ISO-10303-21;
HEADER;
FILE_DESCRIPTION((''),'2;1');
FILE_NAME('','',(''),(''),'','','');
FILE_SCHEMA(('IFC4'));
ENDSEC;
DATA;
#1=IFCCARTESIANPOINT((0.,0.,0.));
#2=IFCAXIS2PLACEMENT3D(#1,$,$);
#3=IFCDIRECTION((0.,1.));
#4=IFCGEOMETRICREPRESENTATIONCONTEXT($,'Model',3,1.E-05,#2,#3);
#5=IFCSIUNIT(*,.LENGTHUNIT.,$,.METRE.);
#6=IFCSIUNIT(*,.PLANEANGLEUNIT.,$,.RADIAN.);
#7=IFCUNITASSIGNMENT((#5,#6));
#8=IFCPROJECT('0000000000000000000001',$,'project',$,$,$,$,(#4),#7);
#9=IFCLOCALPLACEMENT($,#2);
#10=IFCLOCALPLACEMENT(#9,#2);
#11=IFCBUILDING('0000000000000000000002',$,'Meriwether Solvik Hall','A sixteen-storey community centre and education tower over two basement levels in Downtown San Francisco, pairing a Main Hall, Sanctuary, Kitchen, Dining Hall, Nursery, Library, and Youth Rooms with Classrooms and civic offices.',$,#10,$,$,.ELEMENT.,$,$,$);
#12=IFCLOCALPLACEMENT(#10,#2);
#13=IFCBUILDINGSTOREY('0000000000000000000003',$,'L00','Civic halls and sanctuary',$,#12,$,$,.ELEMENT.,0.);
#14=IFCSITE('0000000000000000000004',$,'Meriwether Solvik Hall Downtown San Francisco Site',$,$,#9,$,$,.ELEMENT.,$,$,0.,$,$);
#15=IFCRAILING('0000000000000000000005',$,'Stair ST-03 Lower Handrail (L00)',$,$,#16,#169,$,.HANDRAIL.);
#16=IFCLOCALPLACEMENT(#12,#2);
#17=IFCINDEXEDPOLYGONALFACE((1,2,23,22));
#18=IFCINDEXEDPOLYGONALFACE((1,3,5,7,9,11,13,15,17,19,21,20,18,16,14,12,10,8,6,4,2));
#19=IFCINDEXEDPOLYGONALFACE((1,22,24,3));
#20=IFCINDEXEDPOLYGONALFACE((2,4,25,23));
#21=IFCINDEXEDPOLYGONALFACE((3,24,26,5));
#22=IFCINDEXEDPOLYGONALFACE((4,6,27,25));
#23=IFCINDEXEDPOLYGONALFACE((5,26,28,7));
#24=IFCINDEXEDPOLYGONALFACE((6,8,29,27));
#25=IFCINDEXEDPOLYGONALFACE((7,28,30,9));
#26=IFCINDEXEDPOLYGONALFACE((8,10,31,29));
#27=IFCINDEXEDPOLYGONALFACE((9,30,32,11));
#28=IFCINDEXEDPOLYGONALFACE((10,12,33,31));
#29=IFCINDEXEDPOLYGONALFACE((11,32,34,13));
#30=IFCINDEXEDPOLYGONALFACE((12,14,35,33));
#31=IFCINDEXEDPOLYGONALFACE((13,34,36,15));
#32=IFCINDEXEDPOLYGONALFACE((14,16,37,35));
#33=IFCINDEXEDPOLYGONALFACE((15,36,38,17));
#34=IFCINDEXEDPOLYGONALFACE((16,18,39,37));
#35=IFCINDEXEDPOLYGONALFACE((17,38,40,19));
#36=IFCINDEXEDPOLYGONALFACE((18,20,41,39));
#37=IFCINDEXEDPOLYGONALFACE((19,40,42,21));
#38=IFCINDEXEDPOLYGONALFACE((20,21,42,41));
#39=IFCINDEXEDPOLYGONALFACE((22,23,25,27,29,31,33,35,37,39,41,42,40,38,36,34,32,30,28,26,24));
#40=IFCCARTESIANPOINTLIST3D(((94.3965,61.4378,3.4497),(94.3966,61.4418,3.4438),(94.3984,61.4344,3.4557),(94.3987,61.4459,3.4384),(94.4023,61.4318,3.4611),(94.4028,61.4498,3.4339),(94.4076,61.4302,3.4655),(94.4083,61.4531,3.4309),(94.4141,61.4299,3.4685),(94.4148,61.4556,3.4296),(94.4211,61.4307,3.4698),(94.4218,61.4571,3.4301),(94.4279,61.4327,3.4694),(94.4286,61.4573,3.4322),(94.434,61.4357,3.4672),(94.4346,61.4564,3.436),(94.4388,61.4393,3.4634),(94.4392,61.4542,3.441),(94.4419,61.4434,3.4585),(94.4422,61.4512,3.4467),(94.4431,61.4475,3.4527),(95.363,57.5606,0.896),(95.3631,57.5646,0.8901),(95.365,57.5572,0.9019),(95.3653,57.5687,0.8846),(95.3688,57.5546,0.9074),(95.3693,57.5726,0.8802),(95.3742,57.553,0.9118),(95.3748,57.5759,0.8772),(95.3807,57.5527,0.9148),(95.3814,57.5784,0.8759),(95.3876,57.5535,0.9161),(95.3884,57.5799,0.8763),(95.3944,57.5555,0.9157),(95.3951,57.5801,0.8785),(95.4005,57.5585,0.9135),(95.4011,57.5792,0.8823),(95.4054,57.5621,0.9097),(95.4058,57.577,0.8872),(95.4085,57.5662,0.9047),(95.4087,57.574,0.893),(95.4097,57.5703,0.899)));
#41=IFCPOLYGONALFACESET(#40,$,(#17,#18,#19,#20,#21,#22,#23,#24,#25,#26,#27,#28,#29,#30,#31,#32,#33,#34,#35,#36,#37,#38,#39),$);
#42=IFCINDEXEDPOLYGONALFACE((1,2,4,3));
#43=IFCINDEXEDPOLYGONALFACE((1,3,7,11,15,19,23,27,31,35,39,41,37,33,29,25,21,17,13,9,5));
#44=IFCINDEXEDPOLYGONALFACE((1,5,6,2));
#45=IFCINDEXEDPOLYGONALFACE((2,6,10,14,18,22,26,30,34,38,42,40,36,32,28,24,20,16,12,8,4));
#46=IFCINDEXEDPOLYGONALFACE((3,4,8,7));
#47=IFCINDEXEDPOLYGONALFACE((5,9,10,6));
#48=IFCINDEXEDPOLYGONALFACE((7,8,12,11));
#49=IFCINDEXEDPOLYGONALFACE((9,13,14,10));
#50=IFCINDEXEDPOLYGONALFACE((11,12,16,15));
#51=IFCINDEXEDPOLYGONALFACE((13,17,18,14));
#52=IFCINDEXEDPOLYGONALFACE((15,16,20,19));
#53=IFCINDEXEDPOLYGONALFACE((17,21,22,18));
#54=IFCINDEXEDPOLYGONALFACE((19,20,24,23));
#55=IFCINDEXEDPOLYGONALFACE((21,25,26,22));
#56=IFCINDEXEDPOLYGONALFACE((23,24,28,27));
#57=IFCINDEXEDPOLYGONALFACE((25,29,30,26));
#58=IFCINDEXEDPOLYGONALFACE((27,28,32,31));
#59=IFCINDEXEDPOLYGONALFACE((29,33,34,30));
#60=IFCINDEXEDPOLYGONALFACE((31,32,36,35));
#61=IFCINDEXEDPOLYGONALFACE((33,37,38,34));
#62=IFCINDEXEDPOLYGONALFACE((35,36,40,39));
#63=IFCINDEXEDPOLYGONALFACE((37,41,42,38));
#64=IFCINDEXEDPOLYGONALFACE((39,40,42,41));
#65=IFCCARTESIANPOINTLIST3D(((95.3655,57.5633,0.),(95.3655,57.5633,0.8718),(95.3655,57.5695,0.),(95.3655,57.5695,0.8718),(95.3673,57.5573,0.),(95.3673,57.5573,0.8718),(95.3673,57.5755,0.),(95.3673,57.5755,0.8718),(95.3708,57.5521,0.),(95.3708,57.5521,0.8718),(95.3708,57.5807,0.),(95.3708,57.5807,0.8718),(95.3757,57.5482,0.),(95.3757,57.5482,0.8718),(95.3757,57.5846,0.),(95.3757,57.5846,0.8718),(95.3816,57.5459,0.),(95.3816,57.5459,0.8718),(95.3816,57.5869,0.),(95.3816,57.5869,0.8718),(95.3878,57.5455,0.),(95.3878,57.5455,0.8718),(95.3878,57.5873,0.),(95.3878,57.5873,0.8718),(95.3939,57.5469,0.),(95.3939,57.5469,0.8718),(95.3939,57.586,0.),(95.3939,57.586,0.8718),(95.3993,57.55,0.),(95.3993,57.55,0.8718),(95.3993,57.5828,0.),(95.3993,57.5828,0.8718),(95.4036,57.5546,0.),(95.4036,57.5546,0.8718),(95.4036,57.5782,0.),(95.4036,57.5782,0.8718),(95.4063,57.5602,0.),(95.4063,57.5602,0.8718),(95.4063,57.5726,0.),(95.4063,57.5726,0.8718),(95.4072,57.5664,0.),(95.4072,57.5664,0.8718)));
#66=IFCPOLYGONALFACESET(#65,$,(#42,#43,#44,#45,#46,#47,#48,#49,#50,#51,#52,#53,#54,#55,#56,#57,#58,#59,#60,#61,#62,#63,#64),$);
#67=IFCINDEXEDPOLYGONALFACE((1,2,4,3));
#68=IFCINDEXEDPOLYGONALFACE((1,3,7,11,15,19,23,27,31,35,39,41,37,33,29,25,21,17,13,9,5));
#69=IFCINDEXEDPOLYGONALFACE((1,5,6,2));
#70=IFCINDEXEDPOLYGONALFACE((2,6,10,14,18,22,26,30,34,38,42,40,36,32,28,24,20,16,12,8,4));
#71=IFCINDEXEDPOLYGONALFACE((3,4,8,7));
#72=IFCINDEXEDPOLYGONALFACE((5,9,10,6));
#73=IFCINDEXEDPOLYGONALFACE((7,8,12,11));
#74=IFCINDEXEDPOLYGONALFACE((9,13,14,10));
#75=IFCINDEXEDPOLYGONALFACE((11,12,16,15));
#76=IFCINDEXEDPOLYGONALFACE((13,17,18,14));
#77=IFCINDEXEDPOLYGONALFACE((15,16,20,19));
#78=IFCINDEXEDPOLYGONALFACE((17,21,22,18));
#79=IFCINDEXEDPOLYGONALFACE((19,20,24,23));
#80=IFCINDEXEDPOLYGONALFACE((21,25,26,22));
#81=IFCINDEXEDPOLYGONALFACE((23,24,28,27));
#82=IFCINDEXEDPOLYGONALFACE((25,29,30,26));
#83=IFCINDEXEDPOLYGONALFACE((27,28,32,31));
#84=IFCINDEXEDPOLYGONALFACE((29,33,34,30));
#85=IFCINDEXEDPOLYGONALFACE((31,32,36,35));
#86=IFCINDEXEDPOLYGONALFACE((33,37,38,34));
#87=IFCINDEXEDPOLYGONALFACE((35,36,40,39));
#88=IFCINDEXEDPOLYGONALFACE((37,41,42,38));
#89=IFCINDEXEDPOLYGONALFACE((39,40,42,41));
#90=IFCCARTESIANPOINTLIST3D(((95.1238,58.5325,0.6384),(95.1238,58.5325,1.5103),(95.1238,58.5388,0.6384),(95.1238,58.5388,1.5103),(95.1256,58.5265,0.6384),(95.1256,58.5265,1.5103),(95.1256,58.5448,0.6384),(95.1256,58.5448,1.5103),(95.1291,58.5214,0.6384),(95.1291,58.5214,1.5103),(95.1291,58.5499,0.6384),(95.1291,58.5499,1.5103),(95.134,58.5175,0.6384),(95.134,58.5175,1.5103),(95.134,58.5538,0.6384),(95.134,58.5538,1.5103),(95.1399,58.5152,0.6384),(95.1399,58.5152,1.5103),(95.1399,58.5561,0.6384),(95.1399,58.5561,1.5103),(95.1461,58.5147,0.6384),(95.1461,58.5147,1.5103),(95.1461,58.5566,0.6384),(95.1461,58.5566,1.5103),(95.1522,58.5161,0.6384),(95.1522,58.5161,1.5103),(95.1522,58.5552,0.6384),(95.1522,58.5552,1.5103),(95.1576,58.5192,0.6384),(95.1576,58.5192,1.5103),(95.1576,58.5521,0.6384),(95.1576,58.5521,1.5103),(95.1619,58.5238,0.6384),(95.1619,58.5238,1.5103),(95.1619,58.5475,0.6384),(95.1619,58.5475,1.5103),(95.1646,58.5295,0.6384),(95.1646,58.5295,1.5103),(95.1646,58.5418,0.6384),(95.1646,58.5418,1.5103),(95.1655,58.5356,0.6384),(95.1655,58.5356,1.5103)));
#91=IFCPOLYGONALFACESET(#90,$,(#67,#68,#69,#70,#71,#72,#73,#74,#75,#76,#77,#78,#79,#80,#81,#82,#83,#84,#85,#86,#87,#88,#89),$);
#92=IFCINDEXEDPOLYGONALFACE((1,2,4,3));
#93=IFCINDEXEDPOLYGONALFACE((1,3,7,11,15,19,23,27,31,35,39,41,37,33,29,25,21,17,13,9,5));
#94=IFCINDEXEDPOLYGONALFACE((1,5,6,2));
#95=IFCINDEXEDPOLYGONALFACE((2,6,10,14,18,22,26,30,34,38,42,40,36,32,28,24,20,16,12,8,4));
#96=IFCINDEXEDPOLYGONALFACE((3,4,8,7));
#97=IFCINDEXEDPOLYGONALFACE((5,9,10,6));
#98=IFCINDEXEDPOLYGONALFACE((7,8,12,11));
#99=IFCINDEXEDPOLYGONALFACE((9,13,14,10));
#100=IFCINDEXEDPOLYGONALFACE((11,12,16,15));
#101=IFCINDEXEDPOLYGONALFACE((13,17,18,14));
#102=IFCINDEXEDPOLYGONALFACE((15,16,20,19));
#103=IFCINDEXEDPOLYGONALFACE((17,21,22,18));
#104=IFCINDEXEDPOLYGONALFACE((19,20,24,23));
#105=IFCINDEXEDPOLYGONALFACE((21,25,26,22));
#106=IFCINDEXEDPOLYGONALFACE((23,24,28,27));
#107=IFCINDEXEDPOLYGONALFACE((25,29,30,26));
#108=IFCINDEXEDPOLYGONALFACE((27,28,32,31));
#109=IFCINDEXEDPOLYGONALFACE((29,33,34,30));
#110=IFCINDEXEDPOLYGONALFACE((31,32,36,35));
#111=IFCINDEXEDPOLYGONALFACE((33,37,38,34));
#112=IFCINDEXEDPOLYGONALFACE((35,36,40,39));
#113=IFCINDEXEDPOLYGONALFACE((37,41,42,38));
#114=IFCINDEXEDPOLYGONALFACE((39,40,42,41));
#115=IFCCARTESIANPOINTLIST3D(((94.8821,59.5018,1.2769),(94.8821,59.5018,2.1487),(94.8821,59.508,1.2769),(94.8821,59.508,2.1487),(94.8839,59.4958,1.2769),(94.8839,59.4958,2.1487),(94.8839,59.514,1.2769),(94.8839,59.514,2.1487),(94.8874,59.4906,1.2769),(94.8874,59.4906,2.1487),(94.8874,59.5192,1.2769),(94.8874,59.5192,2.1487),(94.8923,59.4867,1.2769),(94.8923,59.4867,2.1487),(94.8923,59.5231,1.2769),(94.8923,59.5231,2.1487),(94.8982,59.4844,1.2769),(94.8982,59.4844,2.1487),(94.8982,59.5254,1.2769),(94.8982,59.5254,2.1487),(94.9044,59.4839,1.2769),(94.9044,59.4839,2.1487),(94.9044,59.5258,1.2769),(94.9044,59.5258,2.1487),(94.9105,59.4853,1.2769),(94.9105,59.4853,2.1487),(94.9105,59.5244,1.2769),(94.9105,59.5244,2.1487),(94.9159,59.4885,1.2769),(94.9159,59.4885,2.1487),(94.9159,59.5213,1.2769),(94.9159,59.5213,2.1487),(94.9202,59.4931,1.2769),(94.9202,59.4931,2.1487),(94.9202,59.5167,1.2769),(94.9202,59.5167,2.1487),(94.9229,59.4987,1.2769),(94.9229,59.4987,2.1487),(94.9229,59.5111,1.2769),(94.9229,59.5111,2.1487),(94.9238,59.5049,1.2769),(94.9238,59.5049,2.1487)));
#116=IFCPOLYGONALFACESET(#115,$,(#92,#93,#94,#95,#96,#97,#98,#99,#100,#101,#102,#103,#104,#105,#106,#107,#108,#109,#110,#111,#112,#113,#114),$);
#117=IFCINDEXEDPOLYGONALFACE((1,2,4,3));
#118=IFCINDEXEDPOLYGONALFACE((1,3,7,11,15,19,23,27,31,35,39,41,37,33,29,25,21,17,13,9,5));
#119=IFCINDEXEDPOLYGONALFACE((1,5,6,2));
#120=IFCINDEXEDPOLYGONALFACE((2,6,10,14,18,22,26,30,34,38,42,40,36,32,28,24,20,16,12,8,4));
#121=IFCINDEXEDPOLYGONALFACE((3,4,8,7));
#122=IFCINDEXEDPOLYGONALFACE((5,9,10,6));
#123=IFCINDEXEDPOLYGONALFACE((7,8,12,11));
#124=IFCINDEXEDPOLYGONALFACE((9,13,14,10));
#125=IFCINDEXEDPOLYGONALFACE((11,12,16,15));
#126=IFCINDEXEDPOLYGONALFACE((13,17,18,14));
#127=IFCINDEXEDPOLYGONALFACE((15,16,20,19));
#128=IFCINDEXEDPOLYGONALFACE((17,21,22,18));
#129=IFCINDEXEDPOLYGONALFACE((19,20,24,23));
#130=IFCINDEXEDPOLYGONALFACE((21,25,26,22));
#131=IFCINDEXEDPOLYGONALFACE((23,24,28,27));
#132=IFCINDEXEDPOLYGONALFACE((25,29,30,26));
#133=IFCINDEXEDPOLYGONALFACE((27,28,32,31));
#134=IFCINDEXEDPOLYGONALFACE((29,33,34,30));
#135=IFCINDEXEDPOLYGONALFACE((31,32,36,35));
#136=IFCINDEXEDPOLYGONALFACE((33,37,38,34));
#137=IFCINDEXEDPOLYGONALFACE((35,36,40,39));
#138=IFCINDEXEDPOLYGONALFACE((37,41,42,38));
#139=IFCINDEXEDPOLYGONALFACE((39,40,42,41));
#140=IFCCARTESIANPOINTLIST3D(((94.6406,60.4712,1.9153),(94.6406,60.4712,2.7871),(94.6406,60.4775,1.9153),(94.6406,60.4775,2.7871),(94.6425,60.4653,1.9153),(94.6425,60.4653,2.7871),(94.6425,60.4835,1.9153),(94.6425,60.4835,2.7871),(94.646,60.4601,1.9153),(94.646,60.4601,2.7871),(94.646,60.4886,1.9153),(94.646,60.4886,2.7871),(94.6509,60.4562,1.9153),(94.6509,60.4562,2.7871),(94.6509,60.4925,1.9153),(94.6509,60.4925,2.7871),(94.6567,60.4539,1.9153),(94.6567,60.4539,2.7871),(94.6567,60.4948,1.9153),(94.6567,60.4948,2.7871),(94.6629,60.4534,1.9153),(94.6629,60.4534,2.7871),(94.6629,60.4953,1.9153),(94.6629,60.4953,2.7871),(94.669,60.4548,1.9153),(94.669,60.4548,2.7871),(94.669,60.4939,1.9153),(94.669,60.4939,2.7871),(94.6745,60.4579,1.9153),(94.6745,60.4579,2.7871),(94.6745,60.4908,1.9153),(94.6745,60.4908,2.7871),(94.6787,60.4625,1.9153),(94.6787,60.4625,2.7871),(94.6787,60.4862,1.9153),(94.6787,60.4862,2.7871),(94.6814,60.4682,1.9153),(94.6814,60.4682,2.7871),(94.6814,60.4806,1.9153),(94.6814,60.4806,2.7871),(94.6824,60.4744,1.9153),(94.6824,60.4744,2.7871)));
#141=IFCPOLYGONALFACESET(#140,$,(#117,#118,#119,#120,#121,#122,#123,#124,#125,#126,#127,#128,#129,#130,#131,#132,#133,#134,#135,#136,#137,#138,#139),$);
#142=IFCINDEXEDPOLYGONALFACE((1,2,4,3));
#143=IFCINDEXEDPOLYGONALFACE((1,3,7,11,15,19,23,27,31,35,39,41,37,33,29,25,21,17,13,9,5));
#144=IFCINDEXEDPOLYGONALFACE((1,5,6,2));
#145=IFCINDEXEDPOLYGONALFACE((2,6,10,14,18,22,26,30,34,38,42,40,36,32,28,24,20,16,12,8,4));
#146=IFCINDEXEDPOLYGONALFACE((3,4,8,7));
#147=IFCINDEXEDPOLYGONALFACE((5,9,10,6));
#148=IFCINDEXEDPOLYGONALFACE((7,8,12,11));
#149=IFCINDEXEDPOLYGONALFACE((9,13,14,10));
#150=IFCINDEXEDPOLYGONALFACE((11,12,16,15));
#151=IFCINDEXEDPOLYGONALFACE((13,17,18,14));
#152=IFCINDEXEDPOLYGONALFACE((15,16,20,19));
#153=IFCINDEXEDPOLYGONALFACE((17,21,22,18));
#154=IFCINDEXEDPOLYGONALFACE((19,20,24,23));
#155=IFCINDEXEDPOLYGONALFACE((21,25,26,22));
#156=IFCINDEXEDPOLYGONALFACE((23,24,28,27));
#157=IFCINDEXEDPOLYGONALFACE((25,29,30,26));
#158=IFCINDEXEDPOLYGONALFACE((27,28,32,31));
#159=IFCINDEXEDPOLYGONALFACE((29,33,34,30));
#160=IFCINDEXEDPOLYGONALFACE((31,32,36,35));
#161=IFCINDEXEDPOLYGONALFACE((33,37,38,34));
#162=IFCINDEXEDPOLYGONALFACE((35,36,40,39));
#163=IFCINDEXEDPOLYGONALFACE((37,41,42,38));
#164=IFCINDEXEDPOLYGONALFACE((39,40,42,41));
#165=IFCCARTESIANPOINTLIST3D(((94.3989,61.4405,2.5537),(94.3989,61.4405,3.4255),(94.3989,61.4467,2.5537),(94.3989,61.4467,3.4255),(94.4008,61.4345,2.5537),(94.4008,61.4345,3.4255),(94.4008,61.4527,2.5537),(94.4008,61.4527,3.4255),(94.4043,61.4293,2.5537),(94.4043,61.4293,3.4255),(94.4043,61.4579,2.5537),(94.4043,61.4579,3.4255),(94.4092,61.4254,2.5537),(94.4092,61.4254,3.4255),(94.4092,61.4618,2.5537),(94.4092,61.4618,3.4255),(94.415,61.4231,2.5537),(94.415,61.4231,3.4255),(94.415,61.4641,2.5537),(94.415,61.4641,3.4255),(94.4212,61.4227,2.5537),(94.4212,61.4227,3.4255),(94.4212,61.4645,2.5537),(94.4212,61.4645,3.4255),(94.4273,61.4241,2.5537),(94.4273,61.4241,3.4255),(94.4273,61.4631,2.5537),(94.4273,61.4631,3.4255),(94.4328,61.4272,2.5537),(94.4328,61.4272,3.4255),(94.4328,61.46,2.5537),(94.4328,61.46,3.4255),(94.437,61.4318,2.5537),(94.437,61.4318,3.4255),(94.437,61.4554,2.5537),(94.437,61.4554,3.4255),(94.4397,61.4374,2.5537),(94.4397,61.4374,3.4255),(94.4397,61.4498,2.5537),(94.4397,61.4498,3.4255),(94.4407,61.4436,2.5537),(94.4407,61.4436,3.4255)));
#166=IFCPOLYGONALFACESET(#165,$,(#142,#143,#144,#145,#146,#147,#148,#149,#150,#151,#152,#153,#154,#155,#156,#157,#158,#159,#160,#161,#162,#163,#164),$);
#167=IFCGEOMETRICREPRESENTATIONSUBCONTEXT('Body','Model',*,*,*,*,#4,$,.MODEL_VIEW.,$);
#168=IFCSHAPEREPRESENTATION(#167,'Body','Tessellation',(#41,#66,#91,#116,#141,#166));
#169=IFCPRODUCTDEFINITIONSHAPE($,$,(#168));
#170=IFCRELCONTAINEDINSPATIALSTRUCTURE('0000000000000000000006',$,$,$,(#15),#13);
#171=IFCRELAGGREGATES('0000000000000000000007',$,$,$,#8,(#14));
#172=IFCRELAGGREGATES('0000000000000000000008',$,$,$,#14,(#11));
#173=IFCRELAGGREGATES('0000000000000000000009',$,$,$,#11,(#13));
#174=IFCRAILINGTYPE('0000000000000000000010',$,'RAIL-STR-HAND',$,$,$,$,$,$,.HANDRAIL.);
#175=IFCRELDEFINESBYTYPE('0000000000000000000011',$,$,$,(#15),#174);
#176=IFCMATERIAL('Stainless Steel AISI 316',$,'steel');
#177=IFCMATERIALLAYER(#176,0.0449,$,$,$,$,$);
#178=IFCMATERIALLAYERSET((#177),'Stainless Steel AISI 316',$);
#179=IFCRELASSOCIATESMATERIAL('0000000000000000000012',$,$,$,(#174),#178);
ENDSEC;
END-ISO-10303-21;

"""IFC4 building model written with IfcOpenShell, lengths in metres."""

from ifc_helpers import new_model, si_unit, direction, frame, origin, origin_2d, place, context, subcontext, project, spatial, circle, extrude, material, layer, layer_set, type_object, element, save


model = new_model("IFC4")

# Units and contexts
model_context = context("Model", 3, precision=1e-05, world=origin(), true_north=direction((0.0, 1.0)))
body_context = subcontext(model_context, "Body", "Model", "MODEL_VIEW")
ifc_project = project(units=[si_unit("LENGTHUNIT", "METRE"), si_unit("PLANEANGLEUNIT", "RADIAN")], contexts=[model_context])

# Site, building, storey
site_placement = place(None, origin())
site = spatial("IfcSite", under=ifc_project, at=site_placement, Name="Meriwether Solvik Hall Downtown San Francisco Site", CompositionType="ELEMENT", RefElevation=0.0)
building_placement = place(site_placement, origin())
building = spatial("IfcBuilding", under=site, at=building_placement, Name="Meriwether Solvik Hall", Description="A sixteen-storey community centre and education tower over two basement levels in Downtown San Francisco, pairing a Main Hall, Sanctuary, Kitchen, Dining Hall, Nursery, Library, and Youth Rooms with Classrooms and civic offices.", CompositionType="ELEMENT")
storey_placement = place(building_placement, origin())
storey = spatial("IfcBuildingStorey", under=building, at=storey_placement, Name="L00", Description="Civic halls and sanctuary", CompositionType="ELEMENT", Elevation=0.0)

# Railing
ifc_material_1 = material(Name="Stainless Steel AISI 316", Category="steel")
ifc_layer_1 = layer(ifc_material_1, 0.0449)
ifc_layer_set_1 = layer_set([ifc_layer_1], Name="Stainless Steel AISI 316")
railing_type_1 = type_object("IfcRailingType", Name="RAIL-STR-HAND", PredefinedType="HANDRAIL", material=ifc_layer_set_1)
railing_1_placement = place(storey_placement, frame((95.3862, 57.5664, 0.0)))
element("IfcRailing", 1, at=railing_1_placement, inside=storey, type_object=railing_type_1, Name="Stair ST-03 Lower Handrail (L00)", PredefinedType="HANDRAIL", context=body_context, shape_type="SweptSolid", body=[
    extrude(circle(Radius=0.0239, at=origin_2d()), frame((0.0, 0.0, 0.896), z_axis=(-0.20382, 0.817597, 0.538509), x_axis=(-0.970304, -0.241889, 0.0)), (0.0, 0.0, 1.0), 4.7422),
    extrude(circle(Radius=0.021, at=origin_2d()), origin(), (0.0, 0.0, 1.0), 0.8718),
    extrude(circle(Radius=0.021, at=origin_2d()), frame((-0.2417, 0.9692, 0.6384)), (0.0, 0.0, 1.0), 0.8718),
    extrude(circle(Radius=0.021, at=origin_2d()), frame((-0.4834, 1.9385, 1.2769)), (0.0, 0.0, 1.0), 0.8718),
    extrude(circle(Radius=0.021, at=origin_2d()), frame((-0.7249, 2.908, 1.9153)), (0.0, 0.0, 1.0), 0.8718),
    extrude(circle(Radius=0.021, at=origin_2d()), frame((-0.9666, 3.8772, 2.5537)), (0.0, 0.0, 1.0), 0.8718),
])

save(model, "model.ifc")
